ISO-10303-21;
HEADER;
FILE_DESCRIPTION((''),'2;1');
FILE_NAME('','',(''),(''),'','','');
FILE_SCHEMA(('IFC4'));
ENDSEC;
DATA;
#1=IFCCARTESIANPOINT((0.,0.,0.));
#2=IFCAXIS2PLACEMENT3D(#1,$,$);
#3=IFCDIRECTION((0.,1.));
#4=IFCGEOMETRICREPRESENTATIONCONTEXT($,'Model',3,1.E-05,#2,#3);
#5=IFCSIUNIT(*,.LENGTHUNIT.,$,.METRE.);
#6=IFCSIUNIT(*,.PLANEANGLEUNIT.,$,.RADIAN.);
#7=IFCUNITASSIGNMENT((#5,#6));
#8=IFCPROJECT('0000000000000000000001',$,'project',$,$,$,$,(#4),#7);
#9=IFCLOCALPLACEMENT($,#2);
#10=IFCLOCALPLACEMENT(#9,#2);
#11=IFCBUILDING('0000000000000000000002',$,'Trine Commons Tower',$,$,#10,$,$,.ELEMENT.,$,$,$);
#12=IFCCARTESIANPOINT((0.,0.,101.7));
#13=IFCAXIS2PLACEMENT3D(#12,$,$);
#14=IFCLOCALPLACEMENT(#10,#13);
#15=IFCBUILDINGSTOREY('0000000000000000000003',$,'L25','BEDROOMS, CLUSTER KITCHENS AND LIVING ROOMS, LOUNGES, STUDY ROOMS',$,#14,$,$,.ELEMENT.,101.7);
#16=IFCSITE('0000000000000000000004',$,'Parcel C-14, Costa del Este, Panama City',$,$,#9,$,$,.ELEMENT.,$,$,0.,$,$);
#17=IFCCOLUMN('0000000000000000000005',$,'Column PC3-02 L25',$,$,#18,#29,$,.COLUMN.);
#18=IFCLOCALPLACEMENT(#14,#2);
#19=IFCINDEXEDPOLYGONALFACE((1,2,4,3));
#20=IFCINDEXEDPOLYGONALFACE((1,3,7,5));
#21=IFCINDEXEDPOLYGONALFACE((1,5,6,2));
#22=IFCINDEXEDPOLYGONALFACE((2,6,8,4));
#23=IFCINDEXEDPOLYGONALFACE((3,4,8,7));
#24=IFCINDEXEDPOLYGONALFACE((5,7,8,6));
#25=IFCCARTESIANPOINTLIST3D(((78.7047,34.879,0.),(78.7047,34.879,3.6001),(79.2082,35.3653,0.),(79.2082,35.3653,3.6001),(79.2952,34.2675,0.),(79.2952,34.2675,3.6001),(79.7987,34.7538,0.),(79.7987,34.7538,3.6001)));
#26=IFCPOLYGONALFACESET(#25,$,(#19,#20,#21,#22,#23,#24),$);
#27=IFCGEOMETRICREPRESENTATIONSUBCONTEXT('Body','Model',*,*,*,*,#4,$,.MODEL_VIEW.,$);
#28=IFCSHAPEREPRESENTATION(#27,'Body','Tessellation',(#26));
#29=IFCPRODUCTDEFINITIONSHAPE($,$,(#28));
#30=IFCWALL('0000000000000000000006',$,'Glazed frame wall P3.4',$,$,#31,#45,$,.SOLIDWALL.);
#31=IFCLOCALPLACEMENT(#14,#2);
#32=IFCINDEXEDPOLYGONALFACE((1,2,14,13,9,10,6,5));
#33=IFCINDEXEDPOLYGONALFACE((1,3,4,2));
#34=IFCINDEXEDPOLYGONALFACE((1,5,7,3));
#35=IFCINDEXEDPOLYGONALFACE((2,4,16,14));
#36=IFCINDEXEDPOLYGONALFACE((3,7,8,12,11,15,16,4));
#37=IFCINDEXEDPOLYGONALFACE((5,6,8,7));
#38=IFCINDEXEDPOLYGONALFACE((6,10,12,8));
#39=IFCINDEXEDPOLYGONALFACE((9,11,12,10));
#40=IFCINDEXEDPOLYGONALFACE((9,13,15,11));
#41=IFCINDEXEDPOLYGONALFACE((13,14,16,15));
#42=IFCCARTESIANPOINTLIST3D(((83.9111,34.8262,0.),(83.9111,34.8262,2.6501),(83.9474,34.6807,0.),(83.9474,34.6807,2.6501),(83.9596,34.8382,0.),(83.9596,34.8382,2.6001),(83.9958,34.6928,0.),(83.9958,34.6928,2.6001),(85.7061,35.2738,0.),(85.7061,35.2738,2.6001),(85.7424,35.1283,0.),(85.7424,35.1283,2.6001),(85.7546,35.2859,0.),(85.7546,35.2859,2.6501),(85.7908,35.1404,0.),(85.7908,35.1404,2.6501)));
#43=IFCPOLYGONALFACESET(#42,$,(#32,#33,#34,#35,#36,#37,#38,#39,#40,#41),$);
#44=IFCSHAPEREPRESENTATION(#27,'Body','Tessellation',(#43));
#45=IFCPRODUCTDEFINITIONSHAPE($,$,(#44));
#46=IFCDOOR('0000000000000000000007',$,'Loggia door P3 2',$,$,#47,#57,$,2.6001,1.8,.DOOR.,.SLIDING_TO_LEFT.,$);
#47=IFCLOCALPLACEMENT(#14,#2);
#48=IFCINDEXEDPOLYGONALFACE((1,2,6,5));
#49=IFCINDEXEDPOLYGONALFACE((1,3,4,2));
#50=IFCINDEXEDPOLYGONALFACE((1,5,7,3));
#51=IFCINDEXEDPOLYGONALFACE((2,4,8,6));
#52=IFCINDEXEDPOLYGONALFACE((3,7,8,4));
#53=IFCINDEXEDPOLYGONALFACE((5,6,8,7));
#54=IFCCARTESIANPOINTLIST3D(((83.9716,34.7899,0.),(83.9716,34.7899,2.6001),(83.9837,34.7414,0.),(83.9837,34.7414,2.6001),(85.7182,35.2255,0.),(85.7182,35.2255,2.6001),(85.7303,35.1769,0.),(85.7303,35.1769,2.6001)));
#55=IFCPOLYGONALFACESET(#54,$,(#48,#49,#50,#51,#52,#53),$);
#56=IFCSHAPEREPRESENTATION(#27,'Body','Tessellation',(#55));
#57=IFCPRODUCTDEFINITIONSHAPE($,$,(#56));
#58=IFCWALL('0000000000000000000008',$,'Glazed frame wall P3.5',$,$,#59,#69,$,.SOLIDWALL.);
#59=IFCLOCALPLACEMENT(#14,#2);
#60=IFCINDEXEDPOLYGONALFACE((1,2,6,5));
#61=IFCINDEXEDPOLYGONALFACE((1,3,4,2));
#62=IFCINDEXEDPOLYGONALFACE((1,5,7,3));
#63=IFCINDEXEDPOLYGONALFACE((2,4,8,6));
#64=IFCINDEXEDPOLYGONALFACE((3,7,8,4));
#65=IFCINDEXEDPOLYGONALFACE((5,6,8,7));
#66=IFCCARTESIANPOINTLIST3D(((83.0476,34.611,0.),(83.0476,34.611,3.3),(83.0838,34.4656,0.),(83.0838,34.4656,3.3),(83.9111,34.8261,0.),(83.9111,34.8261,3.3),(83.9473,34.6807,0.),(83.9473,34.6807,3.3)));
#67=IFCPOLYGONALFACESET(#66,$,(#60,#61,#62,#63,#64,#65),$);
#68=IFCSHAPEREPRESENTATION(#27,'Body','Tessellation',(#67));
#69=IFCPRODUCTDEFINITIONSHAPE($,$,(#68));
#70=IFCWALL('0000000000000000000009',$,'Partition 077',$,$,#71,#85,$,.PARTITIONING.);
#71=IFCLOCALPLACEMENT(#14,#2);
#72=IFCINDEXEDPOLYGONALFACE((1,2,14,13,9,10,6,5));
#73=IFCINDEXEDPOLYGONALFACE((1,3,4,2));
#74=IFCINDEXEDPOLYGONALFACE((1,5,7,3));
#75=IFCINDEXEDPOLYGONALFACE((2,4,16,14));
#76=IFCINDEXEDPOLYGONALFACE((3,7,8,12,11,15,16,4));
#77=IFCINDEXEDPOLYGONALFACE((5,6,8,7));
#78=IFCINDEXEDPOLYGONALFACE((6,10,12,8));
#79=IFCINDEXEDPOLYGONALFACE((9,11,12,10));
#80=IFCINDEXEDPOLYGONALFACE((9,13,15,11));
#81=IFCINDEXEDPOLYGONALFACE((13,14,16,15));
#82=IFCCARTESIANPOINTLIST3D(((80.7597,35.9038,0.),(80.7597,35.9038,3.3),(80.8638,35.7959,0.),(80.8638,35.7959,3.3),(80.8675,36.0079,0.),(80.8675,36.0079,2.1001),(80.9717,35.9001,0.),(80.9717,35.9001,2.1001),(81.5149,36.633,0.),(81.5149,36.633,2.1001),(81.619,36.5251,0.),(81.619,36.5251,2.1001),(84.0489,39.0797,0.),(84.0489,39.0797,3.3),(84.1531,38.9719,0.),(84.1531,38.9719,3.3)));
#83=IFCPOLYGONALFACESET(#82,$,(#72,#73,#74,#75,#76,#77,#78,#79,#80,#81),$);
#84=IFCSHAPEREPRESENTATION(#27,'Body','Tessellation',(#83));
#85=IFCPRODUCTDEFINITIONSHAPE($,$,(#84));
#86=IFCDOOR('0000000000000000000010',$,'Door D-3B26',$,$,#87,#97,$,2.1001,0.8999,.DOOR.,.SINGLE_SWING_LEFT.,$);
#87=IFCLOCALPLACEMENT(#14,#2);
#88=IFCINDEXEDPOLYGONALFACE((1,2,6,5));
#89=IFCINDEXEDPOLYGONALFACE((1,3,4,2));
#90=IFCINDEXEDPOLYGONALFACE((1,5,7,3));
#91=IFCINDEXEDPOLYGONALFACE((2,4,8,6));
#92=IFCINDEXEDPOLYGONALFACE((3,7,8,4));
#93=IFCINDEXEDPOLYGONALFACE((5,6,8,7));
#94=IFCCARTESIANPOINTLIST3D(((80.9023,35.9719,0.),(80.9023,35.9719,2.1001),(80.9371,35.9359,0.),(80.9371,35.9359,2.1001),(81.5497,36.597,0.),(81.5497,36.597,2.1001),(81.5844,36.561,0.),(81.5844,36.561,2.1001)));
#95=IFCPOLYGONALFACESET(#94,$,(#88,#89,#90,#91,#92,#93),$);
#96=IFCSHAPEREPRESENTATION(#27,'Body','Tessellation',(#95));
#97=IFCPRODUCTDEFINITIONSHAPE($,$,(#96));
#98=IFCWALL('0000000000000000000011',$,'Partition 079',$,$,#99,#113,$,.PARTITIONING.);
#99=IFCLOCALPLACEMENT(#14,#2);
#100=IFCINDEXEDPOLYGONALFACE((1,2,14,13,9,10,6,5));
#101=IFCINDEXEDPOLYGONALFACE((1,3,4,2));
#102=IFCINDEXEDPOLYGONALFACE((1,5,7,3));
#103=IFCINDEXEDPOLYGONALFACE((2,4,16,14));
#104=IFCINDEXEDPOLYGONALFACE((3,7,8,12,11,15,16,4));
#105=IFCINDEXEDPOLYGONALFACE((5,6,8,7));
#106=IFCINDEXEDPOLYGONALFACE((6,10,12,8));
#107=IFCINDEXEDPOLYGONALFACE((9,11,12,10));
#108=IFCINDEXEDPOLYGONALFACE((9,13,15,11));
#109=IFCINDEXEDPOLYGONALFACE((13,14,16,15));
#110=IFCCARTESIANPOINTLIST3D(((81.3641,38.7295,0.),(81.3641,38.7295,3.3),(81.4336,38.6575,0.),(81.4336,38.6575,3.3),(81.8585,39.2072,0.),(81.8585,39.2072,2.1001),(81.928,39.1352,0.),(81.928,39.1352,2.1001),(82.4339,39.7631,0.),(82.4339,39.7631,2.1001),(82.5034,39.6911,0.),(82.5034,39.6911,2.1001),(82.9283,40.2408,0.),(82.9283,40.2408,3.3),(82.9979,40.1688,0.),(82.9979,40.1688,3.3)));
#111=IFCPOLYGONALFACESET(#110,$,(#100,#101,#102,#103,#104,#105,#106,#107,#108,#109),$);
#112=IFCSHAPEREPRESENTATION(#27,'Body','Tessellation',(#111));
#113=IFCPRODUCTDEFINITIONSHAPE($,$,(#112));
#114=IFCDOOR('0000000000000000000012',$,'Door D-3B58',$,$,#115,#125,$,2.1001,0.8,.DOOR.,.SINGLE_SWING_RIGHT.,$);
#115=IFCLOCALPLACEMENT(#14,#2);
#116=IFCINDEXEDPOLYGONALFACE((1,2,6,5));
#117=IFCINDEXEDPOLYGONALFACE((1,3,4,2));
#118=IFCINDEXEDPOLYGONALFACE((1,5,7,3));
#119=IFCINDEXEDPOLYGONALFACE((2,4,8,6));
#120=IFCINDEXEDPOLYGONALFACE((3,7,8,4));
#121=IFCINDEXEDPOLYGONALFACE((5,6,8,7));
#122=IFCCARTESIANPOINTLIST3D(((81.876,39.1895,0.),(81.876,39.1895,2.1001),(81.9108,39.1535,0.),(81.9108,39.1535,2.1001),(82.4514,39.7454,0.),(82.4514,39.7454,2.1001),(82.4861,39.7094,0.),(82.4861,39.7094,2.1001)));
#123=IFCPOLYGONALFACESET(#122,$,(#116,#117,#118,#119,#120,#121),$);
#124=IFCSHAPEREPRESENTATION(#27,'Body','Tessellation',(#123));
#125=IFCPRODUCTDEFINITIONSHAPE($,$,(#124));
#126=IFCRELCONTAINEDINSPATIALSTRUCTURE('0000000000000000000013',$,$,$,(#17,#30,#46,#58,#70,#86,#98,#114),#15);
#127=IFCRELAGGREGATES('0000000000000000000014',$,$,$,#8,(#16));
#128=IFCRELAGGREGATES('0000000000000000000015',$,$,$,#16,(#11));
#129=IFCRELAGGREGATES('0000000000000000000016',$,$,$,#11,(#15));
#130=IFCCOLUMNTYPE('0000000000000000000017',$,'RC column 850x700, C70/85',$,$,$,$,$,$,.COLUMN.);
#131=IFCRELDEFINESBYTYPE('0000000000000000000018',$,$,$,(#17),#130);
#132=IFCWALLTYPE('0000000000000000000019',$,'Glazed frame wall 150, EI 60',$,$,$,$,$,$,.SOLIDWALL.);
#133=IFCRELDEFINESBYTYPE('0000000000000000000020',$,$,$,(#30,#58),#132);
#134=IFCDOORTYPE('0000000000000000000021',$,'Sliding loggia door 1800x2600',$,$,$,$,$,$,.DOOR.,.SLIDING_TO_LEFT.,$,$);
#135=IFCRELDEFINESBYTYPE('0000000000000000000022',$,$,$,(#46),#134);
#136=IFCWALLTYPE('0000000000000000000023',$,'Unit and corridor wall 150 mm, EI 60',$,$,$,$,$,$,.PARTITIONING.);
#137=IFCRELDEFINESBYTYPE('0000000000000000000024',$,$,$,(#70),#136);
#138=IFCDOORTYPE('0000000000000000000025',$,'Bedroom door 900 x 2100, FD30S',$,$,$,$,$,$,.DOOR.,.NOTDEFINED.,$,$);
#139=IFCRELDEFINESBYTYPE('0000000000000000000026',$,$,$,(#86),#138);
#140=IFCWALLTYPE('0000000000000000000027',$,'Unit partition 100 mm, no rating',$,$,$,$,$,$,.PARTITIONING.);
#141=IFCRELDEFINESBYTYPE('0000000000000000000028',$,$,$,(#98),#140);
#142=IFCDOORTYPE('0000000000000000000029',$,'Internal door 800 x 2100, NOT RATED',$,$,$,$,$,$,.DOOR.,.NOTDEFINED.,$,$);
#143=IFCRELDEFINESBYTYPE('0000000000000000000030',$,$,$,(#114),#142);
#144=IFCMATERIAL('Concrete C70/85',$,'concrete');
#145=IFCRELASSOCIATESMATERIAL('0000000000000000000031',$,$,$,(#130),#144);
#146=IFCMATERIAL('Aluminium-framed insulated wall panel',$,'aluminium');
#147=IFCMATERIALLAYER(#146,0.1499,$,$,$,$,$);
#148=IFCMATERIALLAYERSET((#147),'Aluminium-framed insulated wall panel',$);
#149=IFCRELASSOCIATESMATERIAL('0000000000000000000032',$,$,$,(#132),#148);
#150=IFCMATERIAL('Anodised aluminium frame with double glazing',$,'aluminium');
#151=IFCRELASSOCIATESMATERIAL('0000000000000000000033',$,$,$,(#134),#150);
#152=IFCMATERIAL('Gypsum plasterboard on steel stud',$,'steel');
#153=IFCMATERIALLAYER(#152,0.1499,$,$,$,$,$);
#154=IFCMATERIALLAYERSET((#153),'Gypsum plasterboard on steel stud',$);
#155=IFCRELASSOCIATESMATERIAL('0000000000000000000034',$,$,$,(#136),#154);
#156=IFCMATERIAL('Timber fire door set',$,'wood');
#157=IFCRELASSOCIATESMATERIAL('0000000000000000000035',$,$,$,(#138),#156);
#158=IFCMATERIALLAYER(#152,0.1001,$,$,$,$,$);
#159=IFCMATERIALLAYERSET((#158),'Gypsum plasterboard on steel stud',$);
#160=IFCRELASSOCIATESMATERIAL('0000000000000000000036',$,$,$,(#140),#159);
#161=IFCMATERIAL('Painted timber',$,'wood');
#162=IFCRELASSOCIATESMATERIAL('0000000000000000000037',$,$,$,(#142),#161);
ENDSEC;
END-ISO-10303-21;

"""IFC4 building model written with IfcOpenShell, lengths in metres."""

from ifc_helpers import new_model, si_unit, direction, frame, frame_2d, origin, origin_2d, place, context, subcontext, project, spatial, polyline, rectangle, outline, extrude, material, layer, layer_set, material_profile, profile_set, type_object, element, fill, save


model = new_model("IFC4")

# Units and contexts
model_context = context("Model", 3, precision=1e-05, world=origin(), true_north=direction((0.0, 1.0)))
body_context = subcontext(model_context, "Body", "Model", "MODEL_VIEW")
ifc_project = project(units=[si_unit("LENGTHUNIT", "METRE"), si_unit("PLANEANGLEUNIT", "RADIAN")], contexts=[model_context])

# Site, building, storey
site_placement = place(None, origin())
site = spatial("IfcSite", under=ifc_project, at=site_placement, Name="Parcel C-14, Costa del Este, Panama City", CompositionType="ELEMENT", RefElevation=0.0)
building_placement = place(site_placement, origin())
building = spatial("IfcBuilding", under=site, at=building_placement, Name="Trine Commons Tower", CompositionType="ELEMENT")
storey_placement = place(building_placement, frame((0.0, 0.0, 101.7)))
storey = spatial("IfcBuildingStorey", under=building, at=storey_placement, Name="L25", Description="BEDROOMS, CLUSTER KITCHENS AND LIVING ROOMS, LOUNGES, STUDY ROOMS", CompositionType="ELEMENT", Elevation=101.7)

# Column
ifc_material_1 = material(Name="Concrete C70/85", Category="concrete")
ifc_material_profile = material_profile(ifc_material_1, rectangle(XDim=0.8501, YDim=0.7, at=origin_2d()), Name="RC 850x700")
ifc_profile_set = profile_set([ifc_material_profile], Name="Concrete C70/85")
column_type = type_object("IfcColumnType", Name="RC column 850x700, C70/85", PredefinedType="COLUMN", material=ifc_profile_set)
column_placement = place(storey_placement, frame((79.2517, 34.8164, 0.0), z_axis=(0.0, 0.0, 1.0), x_axis=(-0.694658, 0.71934, 0.0)))
element("IfcColumn", 1, at=column_placement, inside=storey, type_object=column_type, Name="Column PC3-02 L25", PredefinedType="COLUMN", context=body_context, shape_type="SweptSolid", body=[
    extrude(rectangle(XDim=0.8501, YDim=0.7, at=origin_2d()), origin(), (0.0, 0.0, 1.0), 3.6001),
])

# Wall, opening, door
ifc_material_2 = material(Name="Aluminium-framed insulated wall panel", Category="aluminium")
ifc_layer_1 = layer(ifc_material_2, 0.1499)
ifc_layer_set_1 = layer_set([ifc_layer_1], Name="Aluminium-framed insulated wall panel")
wall_type_1 = type_object("IfcWallType", Name="Glazed frame wall 150, EI 60", PredefinedType="SOLIDWALL", material=ifc_layer_set_1)
wall_1_placement = place(storey_placement, frame((85.7727, 35.2131, 0.0), z_axis=(0.0, 0.0, 1.0), x_axis=(-0.970286, -0.241961, 0.0)))
wall_1 = element("IfcWall", 2, at=wall_1_placement, inside=storey, type_object=wall_type_1, Name="Glazed frame wall P3.4", PredefinedType="SOLIDWALL", context=body_context, shape_type="SweptSolid", body=[
    extrude(outline(polyline([(0.0, -0.075), (1.8999, -0.075), (1.8999, 0.075), (0.0, 0.075), (0.0, -0.075)])), origin(), (0.0, 0.0, 1.0), 2.6501),
])
opening_1_placement = place(wall_1_placement, frame((0.05, 0.0, 0.0)))
opening_1 = element("IfcOpeningElement", 3, at=opening_1_placement, cuts=wall_1, PredefinedType="OPENING", context=body_context, shape_type="SweptSolid", body=[
    extrude(rectangle(XDim=1.8, YDim=2.6001, at=frame_2d((0.8999, 1.3))), frame((0.0, 0.085, 0.0), z_axis=(0.0, -1.0, 0.0), x_axis=(1.0, 0.0, 0.0)), (0.0, 0.0, 1.0), 0.1699),
])
ifc_material_3 = material(Name="Anodised aluminium frame with double glazing", Category="aluminium")
door_type_1 = type_object("IfcDoorType", Name="Sliding loggia door 1800x2600", OperationType="SLIDING_TO_LEFT", PredefinedType="DOOR", material=ifc_material_3)
door_1_placement = place(opening_1_placement, origin())
door_1 = element("IfcDoor", 4, at=door_1_placement, inside=storey, type_object=door_type_1, Name="Loggia door P3 2", OperationType="SLIDING_TO_LEFT", OverallHeight=2.6001, OverallWidth=1.8, PredefinedType="DOOR", context=body_context, shape_type="SweptSolid", body=[
    extrude(rectangle(XDim=1.8, YDim=2.6001, at=frame_2d((0.8999, 1.3))), frame((0.0, 0.0249, 0.0), z_axis=(0.0, -1.0, 0.0), x_axis=(1.0, 0.0, 0.0)), (0.0, 0.0, 1.0), 0.05),
])
fill(opening_1, door_1)

# Wall
wall_2_placement = place(storey_placement, frame((83.9292, 34.7534, 0.0), z_axis=(0.0, 0.0, 1.0), x_axis=(-0.970343, -0.241731, 0.0)))
element("IfcWall", 5, at=wall_2_placement, inside=storey, type_object=wall_type_1, Name="Glazed frame wall P3.5", PredefinedType="SOLIDWALL", context=body_context, shape_type="SweptSolid", body=[
    extrude(outline(polyline([(0.8899, 0.075), (0.0, 0.075), (0.0, -0.075), (0.8899, -0.075), (0.8899, 0.075)])), origin(), (0.0, 0.0, 1.0), 3.3),
])

# Walls, openings, doors
ifc_material_4 = material(Name="Gypsum plasterboard on steel stud", Category="steel")
ifc_layer_2 = layer(ifc_material_4, 0.1499)
ifc_layer_set_2 = layer_set([ifc_layer_2], Name="Gypsum plasterboard on steel stud")
wall_type_2 = type_object("IfcWallType", Name="Unit and corridor wall 150 mm, EI 60", PredefinedType="PARTITIONING", material=ifc_layer_set_2)
wall_3_placement = place(storey_placement, frame((80.8118, 35.8499, 0.0), z_axis=(0.0, 0.0, 1.0), x_axis=(0.719386, 0.694611, 0.0)))
wall_3 = element("IfcWall", 6, at=wall_3_placement, inside=storey, type_object=wall_type_2, Name="Partition 077", PredefinedType="PARTITIONING", context=body_context, shape_type="SweptSolid", body=[
    extrude(rectangle(XDim=4.5723, YDim=0.1499, at=frame_2d((2.2861, 0.0))), origin(), (0.0, 0.0, 1.0), 3.3),
])
opening_2_placement = place(wall_3_placement, frame((0.1499, 0.0, 0.0)))
opening_2 = element("IfcOpeningElement", 7, at=opening_2_placement, cuts=wall_3, PredefinedType="OPENING", context=body_context, shape_type="SweptSolid", body=[
    extrude(rectangle(XDim=0.8999, YDim=2.1001, at=frame_2d((0.45, 1.05))), frame((0.0, 0.085, 0.0), z_axis=(0.0, -1.0, 0.0), x_axis=(1.0, 0.0, 0.0)), (0.0, 0.0, 1.0), 0.1699),
])
ifc_material_5 = material(Name="Timber fire door set", Category="wood")
door_type_2 = type_object("IfcDoorType", Name="Bedroom door 900 x 2100, FD30S", OperationType="NOTDEFINED", PredefinedType="DOOR", material=ifc_material_5)
door_2_placement = place(opening_2_placement, origin())
door_2 = element("IfcDoor", 8, at=door_2_placement, inside=storey, type_object=door_type_2, Name="Door D-3B26", OperationType="SINGLE_SWING_LEFT", OverallHeight=2.1001, OverallWidth=0.8999, PredefinedType="DOOR", context=body_context, shape_type="SweptSolid", body=[
    extrude(rectangle(XDim=0.8999, YDim=2.1001, at=frame_2d((0.45, 1.05))), frame((0.0, 0.0249, 0.0), z_axis=(0.0, -1.0, 0.0), x_axis=(1.0, 0.0, 0.0)), (0.0, 0.0, 1.0), 0.05),
])
fill(opening_2, door_2)
ifc_layer_3 = layer(ifc_material_4, 0.1001)
ifc_layer_set_3 = layer_set([ifc_layer_3], Name="Gypsum plasterboard on steel stud")
wall_type_3 = type_object("IfcWallType", Name="Unit partition 100 mm, no rating", PredefinedType="PARTITIONING", material=ifc_layer_set_3)
wall_4_placement = place(storey_placement, frame((81.3989, 38.6936, 0.0), z_axis=(0.0, 0.0, 1.0), x_axis=(0.719181, 0.694823, 0.0)))
wall_4 = element("IfcWall", 9, at=wall_4_placement, inside=storey, type_object=wall_type_3, Name="Partition 079", PredefinedType="PARTITIONING", context=body_context, shape_type="SweptSolid", body=[
    extrude(rectangle(XDim=2.175, YDim=0.1001, at=frame_2d((1.0874, 0.0))), origin(), (0.0, 0.0, 1.0), 3.3),
])
opening_3_placement = place(wall_4_placement, frame((0.6875, 0.0, 0.0)))
opening_3 = element("IfcOpeningElement", 10, at=opening_3_placement, cuts=wall_4, PredefinedType="OPENING", context=body_context, shape_type="SweptSolid", body=[
    extrude(rectangle(XDim=0.8, YDim=2.1001, at=frame_2d((0.3999, 1.05))), frame((0.0, 0.0601, 0.0), z_axis=(0.0, -1.0, 0.0), x_axis=(1.0, 0.0, 0.0)), (0.0, 0.0, 1.0), 0.1201),
])
ifc_material_6 = material(Name="Painted timber", Category="wood")
door_type_3 = type_object("IfcDoorType", Name="Internal door 800 x 2100, NOT RATED", OperationType="NOTDEFINED", PredefinedType="DOOR", material=ifc_material_6)
door_3_placement = place(opening_3_placement, frame((0.8, 0.0, 0.0), z_axis=(0.0, 0.0, 1.0), x_axis=(-1.0, 0.0, 0.0)))
door_3 = element("IfcDoor", 11, at=door_3_placement, inside=storey, type_object=door_type_3, Name="Door D-3B58", OperationType="SINGLE_SWING_RIGHT", OverallHeight=2.1001, OverallWidth=0.8, PredefinedType="DOOR", context=body_context, shape_type="SweptSolid", body=[
    extrude(rectangle(XDim=0.8, YDim=2.1001, at=frame_2d((0.3999, 1.05))), frame((0.0, 0.0249, 0.0), z_axis=(0.0, -1.0, 0.0), x_axis=(1.0, 0.0, 0.0)), (0.0, 0.0, 1.0), 0.05),
])
fill(opening_3, door_3)

save(model, "model.ifc")
